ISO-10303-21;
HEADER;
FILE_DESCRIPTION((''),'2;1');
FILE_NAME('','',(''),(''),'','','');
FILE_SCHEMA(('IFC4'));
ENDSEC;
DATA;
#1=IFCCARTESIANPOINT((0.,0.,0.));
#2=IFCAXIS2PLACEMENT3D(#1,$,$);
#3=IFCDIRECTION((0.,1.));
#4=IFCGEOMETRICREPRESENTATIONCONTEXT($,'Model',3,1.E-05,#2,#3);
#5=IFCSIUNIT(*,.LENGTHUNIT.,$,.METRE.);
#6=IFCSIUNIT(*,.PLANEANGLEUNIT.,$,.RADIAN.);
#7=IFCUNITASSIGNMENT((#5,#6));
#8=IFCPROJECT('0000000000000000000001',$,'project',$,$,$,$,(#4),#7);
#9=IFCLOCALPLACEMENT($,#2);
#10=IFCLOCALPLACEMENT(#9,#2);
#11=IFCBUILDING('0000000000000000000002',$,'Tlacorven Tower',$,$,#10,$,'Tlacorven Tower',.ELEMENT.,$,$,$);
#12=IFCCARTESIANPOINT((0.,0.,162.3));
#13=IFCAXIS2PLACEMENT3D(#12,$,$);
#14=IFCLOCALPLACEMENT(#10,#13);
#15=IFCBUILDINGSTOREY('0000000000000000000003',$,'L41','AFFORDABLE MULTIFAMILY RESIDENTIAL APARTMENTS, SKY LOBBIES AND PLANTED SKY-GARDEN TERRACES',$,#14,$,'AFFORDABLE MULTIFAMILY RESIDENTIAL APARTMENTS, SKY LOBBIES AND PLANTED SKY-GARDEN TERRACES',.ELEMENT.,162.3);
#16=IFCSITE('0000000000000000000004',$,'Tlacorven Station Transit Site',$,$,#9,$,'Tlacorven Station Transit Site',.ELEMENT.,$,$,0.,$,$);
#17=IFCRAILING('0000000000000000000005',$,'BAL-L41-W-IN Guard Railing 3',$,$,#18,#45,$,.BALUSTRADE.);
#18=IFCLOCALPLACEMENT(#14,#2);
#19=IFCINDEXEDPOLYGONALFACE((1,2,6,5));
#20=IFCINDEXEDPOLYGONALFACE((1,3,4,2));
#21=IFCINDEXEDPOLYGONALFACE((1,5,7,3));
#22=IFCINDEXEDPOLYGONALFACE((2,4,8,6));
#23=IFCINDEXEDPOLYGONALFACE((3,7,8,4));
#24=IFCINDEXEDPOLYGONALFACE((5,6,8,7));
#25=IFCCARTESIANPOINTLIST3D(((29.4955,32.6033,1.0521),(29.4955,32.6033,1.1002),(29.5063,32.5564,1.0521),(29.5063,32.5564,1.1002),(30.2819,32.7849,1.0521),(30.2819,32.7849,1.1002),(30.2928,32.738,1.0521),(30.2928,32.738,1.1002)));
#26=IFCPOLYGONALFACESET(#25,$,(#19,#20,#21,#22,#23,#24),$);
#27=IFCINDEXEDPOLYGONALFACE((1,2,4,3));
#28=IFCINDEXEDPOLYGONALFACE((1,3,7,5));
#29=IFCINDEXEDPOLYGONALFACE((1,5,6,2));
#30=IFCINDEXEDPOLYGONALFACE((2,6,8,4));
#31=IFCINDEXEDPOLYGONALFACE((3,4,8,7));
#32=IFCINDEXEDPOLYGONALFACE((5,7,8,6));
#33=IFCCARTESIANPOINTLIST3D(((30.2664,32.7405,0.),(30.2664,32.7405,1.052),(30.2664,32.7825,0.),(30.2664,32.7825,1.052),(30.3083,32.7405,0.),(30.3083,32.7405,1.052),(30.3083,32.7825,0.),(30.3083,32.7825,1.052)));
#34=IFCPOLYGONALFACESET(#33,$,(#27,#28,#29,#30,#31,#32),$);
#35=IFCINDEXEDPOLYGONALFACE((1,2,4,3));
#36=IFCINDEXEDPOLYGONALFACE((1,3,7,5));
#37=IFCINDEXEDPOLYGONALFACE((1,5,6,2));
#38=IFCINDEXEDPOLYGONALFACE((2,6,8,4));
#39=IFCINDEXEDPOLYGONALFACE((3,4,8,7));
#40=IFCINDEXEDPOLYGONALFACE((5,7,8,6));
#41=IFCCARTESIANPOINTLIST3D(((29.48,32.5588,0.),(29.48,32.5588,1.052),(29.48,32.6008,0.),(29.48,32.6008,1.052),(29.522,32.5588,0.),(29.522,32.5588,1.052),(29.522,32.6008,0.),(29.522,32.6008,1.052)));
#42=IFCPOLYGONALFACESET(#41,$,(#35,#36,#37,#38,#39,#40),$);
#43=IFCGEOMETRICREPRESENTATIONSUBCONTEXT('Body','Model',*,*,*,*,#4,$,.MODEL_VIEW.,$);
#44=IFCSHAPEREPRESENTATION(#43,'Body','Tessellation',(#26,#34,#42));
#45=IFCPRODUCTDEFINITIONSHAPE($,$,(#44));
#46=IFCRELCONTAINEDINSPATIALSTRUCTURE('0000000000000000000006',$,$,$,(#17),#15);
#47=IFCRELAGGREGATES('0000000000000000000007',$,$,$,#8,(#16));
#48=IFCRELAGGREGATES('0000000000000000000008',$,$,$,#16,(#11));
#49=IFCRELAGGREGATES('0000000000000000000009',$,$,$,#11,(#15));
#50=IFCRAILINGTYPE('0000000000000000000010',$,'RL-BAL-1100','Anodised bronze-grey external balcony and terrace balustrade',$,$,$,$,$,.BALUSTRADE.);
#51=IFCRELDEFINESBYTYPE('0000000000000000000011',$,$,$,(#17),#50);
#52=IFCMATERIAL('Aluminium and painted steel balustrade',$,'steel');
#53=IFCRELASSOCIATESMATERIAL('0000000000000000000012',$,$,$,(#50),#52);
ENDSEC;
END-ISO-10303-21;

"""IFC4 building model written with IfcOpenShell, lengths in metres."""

from ifc_helpers import new_model, si_unit, direction, frame, origin, origin_2d, place, context, subcontext, project, spatial, rectangle, extrude, source, transform, mapped, material, type_object, element, save


model = new_model("IFC4")

# Units and contexts
model_context = context("Model", 3, precision=1e-05, world=origin(), true_north=direction((0.0, 1.0)))
body_context = subcontext(model_context, "Body", "Model", "MODEL_VIEW")
ifc_project = project(units=[si_unit("LENGTHUNIT", "METRE"), si_unit("PLANEANGLEUNIT", "RADIAN")], contexts=[model_context])

# Site, building, storey
site_placement = place(None, origin())
site = spatial("IfcSite", under=ifc_project, at=site_placement, Name="Tlacorven Station Transit Site", LongName="Tlacorven Station Transit Site", CompositionType="ELEMENT", RefElevation=0.0)
building_placement = place(site_placement, origin())
building = spatial("IfcBuilding", under=site, at=building_placement, Name="Tlacorven Tower", LongName="Tlacorven Tower", CompositionType="ELEMENT")
storey_placement = place(building_placement, frame((0.0, 0.0, 162.3)))
storey = spatial("IfcBuildingStorey", under=building, at=storey_placement, Name="L41", Description="AFFORDABLE MULTIFAMILY RESIDENTIAL APARTMENTS, SKY LOBBIES AND PLANTED SKY-GARDEN TERRACES", LongName="AFFORDABLE MULTIFAMILY RESIDENTIAL APARTMENTS, SKY LOBBIES AND PLANTED SKY-GARDEN TERRACES", CompositionType="ELEMENT", Elevation=162.3)

# Railing
ifc_material_1 = material(Name="Aluminium and painted steel balustrade", Category="steel")
railing_type = type_object("IfcRailingType", Name="RL-BAL-1100", Description="Anodised bronze-grey external balcony and terrace balustrade", PredefinedType="BALUSTRADE", material=ifc_material_1)
shared_shape_1 = source(origin(), body_context, "Body", "SweptSolid", [
    extrude(rectangle(XDim=0.0481, YDim=0.0481, at=origin_2d()), frame((0.0, 0.0, 1.0762), z_axis=(-0.974345, -0.225058, 0.0), x_axis=(0.225058, -0.974345, 0.0)), (0.0, 0.0, 1.0), 0.8071),
    extrude(rectangle(XDim=0.042, YDim=0.042, at=origin_2d()), origin(), (0.0, 0.0, 1.0), 1.052),
    extrude(rectangle(XDim=0.042, YDim=0.042, at=origin_2d()), frame((-0.7864, -0.1816, 0.0)), (0.0, 0.0, 1.0), 1.052),
])
railing_1_placement = place(storey_placement, frame((30.2874, 32.7615, 0.0)))
element("IfcRailing", 1, at=railing_1_placement, inside=storey, type_object=railing_type, Name="BAL-L41-W-IN Guard Railing 3", PredefinedType="BALUSTRADE", context=body_context, shape_type="MappedRepresentation", body=[
    mapped(shared_shape_1, transform((0.0, 0.0, 0.0), scale=1.0)),
])

save(model, "model.ifc")
